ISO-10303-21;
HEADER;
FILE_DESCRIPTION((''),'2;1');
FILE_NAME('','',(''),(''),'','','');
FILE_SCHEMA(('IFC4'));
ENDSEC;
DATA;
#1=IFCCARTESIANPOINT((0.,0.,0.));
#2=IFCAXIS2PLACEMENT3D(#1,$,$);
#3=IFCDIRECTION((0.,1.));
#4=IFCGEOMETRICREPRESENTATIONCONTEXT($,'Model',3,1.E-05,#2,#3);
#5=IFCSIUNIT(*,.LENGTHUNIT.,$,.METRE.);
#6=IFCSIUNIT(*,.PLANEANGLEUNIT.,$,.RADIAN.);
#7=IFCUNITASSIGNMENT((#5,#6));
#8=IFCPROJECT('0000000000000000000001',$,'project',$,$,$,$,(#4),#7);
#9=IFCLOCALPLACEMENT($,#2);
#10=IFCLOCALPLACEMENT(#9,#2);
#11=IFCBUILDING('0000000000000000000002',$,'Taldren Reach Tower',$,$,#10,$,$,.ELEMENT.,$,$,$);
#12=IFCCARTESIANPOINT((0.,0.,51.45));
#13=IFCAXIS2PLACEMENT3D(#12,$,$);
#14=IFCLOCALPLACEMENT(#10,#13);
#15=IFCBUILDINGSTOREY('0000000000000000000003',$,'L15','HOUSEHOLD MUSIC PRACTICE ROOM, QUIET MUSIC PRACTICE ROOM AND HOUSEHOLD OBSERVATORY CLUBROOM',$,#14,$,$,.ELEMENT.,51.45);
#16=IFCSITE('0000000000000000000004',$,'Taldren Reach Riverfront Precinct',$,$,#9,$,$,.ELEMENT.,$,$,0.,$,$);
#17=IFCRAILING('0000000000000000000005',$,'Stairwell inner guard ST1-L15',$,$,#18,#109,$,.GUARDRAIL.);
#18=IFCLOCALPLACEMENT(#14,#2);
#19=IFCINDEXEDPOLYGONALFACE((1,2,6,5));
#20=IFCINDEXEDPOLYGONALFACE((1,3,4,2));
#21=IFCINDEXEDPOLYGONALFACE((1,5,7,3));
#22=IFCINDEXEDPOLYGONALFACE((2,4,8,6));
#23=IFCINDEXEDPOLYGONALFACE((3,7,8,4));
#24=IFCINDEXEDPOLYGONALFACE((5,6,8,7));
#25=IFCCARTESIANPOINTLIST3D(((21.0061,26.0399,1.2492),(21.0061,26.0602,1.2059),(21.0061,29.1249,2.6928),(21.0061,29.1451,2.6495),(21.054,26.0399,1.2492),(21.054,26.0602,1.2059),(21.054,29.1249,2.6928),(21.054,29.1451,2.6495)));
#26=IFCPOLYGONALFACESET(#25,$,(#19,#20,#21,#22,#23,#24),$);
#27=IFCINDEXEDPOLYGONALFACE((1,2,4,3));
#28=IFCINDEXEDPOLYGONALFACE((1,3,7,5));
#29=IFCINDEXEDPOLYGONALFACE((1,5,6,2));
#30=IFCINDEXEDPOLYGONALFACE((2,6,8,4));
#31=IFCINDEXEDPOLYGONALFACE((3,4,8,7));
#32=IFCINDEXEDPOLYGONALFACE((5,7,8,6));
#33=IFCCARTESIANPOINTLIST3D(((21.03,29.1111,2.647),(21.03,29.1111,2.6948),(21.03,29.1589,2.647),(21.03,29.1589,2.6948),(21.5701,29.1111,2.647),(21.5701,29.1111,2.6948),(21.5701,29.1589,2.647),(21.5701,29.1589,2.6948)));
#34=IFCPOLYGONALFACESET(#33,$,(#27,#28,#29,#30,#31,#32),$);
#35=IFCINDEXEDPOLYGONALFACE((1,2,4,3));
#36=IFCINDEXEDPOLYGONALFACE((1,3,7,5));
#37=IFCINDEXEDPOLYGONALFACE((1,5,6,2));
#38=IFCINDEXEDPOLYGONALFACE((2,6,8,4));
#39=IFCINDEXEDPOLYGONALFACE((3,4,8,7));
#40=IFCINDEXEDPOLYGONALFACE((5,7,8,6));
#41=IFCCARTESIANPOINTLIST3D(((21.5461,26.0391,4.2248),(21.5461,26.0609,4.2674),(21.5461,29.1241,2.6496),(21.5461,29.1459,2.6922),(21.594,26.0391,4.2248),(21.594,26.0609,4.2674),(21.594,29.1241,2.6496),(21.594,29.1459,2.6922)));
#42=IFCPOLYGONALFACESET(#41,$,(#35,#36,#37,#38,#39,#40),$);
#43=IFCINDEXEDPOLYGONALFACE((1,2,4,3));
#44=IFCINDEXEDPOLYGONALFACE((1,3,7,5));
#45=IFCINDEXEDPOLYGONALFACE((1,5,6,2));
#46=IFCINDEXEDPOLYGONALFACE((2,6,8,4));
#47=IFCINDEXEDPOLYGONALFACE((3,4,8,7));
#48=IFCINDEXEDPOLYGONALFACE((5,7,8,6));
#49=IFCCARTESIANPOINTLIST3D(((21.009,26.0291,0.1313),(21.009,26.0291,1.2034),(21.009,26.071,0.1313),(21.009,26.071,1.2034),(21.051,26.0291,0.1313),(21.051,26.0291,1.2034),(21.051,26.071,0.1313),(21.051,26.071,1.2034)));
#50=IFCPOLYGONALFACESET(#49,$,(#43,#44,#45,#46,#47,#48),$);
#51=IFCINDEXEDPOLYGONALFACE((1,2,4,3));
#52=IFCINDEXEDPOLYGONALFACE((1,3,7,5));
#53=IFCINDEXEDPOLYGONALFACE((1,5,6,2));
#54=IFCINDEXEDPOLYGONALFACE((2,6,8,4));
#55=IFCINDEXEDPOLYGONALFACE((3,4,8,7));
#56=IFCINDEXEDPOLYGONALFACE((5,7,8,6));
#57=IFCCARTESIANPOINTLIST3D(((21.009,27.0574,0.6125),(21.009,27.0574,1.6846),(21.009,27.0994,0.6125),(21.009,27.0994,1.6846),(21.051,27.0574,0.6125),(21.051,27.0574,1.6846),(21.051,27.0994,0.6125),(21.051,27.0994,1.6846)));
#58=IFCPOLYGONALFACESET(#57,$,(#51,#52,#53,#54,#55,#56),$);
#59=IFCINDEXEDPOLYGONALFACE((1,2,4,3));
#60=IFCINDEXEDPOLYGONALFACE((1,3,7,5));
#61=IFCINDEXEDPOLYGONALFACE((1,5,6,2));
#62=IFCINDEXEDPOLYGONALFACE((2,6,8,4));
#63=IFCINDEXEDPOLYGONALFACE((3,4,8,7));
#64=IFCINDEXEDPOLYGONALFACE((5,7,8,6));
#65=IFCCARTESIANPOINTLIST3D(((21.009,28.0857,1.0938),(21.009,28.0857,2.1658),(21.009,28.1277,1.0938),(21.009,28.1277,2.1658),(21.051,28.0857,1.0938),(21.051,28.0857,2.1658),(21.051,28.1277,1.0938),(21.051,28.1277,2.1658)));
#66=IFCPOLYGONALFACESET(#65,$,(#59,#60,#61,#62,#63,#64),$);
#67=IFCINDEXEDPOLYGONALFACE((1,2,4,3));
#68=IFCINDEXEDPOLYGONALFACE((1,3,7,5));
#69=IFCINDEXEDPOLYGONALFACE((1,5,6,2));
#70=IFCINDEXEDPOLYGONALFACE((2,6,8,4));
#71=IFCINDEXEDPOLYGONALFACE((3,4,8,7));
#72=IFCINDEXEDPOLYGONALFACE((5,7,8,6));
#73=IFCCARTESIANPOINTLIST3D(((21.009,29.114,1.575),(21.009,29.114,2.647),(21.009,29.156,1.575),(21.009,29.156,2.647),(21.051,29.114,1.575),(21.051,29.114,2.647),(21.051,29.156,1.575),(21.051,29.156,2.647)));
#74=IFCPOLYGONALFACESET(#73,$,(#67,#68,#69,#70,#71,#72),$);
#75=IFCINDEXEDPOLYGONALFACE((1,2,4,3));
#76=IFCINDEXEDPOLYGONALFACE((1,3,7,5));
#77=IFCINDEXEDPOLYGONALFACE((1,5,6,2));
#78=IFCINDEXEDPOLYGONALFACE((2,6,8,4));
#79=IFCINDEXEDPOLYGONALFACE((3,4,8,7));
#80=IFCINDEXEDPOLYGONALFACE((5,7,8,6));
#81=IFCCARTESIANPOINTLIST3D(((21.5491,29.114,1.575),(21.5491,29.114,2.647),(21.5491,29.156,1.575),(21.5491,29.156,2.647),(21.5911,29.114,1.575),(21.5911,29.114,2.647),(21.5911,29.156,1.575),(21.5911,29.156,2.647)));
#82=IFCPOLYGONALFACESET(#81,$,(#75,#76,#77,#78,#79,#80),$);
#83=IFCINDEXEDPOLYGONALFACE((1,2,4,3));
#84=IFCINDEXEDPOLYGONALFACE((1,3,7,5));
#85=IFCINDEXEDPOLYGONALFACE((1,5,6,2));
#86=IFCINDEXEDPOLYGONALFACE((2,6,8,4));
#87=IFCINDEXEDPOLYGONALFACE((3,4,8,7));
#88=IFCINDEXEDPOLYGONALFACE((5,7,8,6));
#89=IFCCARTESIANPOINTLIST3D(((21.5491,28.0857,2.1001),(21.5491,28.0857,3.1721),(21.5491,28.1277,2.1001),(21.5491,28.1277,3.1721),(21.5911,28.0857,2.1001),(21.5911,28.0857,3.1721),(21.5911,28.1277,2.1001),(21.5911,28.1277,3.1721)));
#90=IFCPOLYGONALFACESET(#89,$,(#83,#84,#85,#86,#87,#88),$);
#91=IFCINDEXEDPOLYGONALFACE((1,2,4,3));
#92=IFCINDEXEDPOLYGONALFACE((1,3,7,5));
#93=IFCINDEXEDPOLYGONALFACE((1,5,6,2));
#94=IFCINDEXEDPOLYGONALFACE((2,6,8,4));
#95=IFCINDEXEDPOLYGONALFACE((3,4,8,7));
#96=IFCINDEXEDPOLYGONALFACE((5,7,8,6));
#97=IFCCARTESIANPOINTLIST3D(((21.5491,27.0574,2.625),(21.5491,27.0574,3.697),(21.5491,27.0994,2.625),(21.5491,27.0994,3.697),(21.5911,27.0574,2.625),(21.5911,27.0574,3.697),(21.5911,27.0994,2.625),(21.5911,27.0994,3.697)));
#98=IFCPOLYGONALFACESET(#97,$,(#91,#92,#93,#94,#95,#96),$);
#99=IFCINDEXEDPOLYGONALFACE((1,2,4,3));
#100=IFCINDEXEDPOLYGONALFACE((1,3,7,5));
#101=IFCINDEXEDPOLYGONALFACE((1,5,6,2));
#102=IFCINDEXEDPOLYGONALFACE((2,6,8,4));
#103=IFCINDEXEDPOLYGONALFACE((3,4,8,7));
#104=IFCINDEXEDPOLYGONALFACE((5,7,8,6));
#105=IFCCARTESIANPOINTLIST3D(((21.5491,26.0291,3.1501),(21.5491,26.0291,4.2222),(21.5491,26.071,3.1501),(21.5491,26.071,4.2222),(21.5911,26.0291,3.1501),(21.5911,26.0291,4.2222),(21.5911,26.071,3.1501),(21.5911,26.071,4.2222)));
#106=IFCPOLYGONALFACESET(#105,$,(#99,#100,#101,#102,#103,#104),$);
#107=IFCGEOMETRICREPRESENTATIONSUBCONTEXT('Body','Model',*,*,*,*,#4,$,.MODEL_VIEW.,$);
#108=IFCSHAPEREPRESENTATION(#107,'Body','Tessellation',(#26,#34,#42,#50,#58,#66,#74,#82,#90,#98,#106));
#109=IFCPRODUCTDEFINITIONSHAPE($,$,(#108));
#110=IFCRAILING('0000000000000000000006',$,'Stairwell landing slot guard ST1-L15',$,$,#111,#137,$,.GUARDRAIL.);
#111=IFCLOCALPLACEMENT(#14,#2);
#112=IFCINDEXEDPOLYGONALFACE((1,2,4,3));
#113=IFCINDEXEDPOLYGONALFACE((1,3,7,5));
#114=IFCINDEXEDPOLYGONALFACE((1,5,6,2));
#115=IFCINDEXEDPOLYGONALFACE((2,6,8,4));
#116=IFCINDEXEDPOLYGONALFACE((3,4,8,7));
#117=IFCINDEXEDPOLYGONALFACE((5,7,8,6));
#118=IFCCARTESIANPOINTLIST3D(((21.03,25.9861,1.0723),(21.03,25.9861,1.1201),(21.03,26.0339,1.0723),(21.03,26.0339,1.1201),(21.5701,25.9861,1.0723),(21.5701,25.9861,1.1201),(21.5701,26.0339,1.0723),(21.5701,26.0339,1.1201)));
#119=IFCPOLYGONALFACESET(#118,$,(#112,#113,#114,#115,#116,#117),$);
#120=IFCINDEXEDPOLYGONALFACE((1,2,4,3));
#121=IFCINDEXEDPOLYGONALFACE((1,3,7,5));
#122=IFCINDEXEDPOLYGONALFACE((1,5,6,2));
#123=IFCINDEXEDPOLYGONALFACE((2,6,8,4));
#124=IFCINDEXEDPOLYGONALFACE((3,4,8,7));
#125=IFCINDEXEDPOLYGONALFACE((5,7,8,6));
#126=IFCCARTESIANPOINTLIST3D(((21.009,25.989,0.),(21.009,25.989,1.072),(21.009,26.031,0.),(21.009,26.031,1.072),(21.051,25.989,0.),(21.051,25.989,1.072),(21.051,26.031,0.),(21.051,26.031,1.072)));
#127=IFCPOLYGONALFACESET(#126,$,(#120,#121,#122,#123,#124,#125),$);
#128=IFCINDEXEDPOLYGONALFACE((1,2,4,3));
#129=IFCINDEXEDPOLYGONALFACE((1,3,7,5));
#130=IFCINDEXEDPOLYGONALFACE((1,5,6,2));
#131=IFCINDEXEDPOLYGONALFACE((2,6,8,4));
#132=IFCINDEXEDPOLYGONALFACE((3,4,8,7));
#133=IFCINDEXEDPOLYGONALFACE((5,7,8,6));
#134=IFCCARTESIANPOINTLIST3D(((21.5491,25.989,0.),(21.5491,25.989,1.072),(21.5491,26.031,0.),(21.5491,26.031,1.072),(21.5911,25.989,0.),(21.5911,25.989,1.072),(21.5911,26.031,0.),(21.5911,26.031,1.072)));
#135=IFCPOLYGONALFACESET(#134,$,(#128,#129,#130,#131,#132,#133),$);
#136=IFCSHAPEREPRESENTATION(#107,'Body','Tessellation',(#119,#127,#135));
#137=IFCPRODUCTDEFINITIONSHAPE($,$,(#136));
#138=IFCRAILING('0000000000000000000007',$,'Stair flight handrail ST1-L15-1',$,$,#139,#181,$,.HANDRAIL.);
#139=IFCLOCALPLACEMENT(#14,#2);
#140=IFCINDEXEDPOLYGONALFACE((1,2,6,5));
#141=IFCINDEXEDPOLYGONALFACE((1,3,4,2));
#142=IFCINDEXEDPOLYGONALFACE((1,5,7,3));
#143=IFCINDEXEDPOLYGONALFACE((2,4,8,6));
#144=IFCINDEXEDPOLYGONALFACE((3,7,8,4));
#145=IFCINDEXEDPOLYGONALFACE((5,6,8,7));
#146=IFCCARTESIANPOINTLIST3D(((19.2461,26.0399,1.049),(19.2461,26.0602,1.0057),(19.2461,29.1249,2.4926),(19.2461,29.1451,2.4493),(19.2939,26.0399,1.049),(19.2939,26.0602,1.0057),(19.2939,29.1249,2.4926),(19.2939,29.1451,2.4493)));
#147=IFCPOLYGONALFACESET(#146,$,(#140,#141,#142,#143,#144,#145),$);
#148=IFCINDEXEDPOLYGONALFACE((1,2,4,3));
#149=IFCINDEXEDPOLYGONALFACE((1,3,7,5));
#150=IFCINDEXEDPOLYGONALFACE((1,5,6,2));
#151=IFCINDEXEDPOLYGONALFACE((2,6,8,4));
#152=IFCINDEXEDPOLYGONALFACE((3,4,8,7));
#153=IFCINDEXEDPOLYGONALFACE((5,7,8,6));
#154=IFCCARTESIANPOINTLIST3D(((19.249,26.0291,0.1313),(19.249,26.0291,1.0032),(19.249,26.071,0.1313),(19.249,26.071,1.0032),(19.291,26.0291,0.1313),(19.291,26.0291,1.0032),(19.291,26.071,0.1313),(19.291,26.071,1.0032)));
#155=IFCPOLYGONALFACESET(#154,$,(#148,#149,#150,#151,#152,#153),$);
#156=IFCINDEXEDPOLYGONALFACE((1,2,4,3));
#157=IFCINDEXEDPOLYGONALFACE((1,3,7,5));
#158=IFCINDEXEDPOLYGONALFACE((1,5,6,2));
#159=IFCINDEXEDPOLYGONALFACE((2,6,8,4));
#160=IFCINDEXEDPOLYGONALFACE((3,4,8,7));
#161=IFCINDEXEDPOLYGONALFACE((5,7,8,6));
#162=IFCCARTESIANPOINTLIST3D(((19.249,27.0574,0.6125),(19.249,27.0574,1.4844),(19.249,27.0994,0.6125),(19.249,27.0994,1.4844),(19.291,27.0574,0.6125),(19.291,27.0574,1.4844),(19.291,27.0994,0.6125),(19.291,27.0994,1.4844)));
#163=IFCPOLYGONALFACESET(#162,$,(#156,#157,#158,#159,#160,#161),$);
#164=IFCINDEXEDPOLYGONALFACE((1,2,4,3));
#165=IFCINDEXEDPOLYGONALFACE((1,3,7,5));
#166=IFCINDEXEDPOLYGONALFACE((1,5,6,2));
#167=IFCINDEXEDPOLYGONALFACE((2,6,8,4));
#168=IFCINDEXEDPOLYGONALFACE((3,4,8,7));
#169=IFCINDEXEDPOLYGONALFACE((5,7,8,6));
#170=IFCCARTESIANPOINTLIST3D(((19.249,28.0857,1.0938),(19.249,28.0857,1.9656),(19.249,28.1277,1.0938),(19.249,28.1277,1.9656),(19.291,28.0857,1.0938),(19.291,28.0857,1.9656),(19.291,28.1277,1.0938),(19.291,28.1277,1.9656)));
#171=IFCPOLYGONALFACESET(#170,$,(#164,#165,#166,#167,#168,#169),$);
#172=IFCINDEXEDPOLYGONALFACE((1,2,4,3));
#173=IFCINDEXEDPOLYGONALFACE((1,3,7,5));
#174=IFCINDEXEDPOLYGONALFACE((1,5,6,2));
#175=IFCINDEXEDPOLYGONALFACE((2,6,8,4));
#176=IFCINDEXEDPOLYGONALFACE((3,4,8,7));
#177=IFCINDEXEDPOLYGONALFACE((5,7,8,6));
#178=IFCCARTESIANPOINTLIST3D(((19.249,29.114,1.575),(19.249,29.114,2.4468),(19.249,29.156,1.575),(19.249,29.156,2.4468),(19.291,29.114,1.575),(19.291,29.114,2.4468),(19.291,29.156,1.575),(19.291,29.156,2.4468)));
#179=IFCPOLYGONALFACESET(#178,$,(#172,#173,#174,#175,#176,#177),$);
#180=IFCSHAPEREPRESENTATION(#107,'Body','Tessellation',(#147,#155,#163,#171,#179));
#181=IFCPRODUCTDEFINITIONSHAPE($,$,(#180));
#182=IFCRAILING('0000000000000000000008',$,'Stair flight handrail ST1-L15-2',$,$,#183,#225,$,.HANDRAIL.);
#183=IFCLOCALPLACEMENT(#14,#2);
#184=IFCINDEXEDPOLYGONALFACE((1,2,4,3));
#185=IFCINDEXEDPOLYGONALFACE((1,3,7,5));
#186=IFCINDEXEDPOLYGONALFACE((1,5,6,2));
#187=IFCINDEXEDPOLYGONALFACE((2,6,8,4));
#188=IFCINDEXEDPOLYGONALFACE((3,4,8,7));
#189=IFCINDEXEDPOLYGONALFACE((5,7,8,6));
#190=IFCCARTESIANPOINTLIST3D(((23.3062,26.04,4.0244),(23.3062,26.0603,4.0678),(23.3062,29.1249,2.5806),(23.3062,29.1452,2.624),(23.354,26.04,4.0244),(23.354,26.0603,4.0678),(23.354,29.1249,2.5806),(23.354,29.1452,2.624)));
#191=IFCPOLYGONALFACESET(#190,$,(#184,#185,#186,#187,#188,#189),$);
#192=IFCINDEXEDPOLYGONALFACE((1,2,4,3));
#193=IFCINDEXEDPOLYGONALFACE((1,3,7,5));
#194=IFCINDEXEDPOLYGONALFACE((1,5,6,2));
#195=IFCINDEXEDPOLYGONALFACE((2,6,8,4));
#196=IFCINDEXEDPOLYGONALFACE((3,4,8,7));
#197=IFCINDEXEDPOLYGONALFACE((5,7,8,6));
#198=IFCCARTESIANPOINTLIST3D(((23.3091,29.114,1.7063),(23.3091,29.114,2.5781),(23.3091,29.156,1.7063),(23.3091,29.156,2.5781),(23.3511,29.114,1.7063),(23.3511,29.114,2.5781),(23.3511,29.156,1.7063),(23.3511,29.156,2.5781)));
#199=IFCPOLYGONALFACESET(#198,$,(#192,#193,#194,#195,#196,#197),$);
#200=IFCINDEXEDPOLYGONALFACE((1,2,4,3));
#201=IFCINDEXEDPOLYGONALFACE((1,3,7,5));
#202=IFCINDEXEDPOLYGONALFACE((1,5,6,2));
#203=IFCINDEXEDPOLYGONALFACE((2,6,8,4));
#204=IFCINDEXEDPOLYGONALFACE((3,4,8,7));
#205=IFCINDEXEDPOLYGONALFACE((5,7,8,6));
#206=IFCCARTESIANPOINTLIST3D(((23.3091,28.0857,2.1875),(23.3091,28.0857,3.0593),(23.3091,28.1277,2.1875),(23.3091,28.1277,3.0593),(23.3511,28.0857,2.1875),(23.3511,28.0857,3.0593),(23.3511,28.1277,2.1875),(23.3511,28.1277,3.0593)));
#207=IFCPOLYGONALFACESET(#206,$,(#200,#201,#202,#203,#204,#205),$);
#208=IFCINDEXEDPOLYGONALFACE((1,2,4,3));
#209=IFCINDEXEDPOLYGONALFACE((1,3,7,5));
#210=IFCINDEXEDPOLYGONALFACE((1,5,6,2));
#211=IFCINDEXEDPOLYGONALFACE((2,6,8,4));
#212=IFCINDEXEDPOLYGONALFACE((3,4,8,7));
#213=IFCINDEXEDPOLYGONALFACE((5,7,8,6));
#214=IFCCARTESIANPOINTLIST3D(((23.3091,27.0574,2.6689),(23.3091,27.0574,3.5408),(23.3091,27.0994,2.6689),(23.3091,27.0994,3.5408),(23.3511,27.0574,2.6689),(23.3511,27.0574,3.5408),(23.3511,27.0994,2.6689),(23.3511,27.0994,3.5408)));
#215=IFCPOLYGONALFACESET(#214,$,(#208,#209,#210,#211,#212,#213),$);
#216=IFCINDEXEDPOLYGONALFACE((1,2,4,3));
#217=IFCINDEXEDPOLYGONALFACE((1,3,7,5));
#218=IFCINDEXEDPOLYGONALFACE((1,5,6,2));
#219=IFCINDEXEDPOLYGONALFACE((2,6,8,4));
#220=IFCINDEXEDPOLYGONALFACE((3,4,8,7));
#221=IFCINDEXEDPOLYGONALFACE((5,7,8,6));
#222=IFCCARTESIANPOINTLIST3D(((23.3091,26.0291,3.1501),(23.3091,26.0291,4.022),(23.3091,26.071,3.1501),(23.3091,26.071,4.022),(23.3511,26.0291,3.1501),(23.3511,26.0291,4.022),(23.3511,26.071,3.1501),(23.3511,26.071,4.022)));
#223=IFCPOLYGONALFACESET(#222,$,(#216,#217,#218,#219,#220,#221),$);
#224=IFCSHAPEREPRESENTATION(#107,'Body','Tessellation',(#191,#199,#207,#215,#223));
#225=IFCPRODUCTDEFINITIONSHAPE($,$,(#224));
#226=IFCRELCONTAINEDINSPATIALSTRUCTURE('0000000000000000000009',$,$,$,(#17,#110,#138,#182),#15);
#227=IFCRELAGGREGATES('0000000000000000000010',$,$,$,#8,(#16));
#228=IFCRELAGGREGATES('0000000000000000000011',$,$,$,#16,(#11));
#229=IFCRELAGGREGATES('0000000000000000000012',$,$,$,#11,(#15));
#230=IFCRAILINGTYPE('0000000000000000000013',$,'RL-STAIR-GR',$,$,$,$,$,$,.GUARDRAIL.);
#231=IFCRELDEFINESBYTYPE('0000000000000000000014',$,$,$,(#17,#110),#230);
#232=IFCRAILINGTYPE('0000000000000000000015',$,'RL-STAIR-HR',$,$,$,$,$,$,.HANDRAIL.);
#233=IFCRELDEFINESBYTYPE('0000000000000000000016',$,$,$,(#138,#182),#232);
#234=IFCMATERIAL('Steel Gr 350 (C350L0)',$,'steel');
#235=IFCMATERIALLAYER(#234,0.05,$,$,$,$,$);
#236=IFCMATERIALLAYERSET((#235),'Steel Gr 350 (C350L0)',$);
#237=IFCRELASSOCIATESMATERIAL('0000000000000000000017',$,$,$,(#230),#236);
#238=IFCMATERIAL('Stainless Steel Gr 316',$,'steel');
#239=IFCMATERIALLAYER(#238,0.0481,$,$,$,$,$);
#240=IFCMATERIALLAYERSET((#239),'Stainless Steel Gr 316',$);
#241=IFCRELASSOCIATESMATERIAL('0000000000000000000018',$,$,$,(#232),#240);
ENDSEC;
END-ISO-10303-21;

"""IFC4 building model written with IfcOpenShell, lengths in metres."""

from ifc_helpers import new_model, si_unit, direction, frame, origin, origin_2d, place, context, subcontext, project, spatial, rectangle, extrude, material, layer, layer_set, type_object, element, save


model = new_model("IFC4")

# Units and contexts
model_context = context("Model", 3, precision=1e-05, world=origin(), true_north=direction((0.0, 1.0)))
body_context = subcontext(model_context, "Body", "Model", "MODEL_VIEW")
ifc_project = project(units=[si_unit("LENGTHUNIT", "METRE"), si_unit("PLANEANGLEUNIT", "RADIAN")], contexts=[model_context])

# Site, building, storey
site_placement = place(None, origin())
site = spatial("IfcSite", under=ifc_project, at=site_placement, Name="Taldren Reach Riverfront Precinct", CompositionType="ELEMENT", RefElevation=0.0)
building_placement = place(site_placement, origin())
building = spatial("IfcBuilding", under=site, at=building_placement, Name="Taldren Reach Tower", CompositionType="ELEMENT")
storey_placement = place(building_placement, frame((0.0, 0.0, 51.45)))
storey = spatial("IfcBuildingStorey", under=building, at=storey_placement, Name="L15", Description="HOUSEHOLD MUSIC PRACTICE ROOM, QUIET MUSIC PRACTICE ROOM AND HOUSEHOLD OBSERVATORY CLUBROOM", CompositionType="ELEMENT", Elevation=51.45)

# Shared definitions
ifc_material_1 = material(Name="Steel Gr 350 (C350L0)", Category="steel")

# Railings
ifc_layer_1 = layer(ifc_material_1, 0.05)
ifc_layer_set_1 = layer_set([ifc_layer_1], Name="Steel Gr 350 (C350L0)")
railing_type_1 = type_object("IfcRailingType", Name="RL-STAIR-GR", PredefinedType="GUARDRAIL", material=ifc_layer_set_1)
railing_1_placement = place(storey_placement, frame((21.03, 26.05, 0.1313)))
element("IfcRailing", 1, at=railing_1_placement, inside=storey, type_object=railing_type_1, Name="Stairwell inner guard ST1-L15", PredefinedType="GUARDRAIL", context=body_context, shape_type="SweptSolid", body=[
    extrude(rectangle(XDim=0.0479, YDim=0.0479, at=origin_2d()), frame((0.0, 0.0, 1.0962), z_axis=(0.0, 0.905738, 0.423839), x_axis=(-1.0, 0.0, 0.0)), (0.0, 0.0, 1.0), 3.406),
    extrude(rectangle(XDim=0.0479, YDim=0.0479, at=origin_2d()), frame((0.0, 3.085, 2.5396), z_axis=(1.0, 0.0, 0.0), x_axis=(0.0, 1.0, 0.0)), (0.0, 0.0, 1.0), 0.54),
    extrude(rectangle(XDim=0.0479, YDim=0.0479, at=origin_2d()), frame((0.54, 3.085, 2.5396), z_axis=(0.0, -0.890617, 0.454753), x_axis=(1.0, 0.0, 0.0)), (0.0, 0.0, 1.0), 3.4639),
    extrude(rectangle(XDim=0.042, YDim=0.042, at=origin_2d()), origin(), (0.0, 0.0, 1.0), 1.072),
    extrude(rectangle(XDim=0.042, YDim=0.042, at=origin_2d()), frame((0.0, 1.0283, 0.4812)), (0.0, 0.0, 1.0), 1.072),
    extrude(rectangle(XDim=0.042, YDim=0.042, at=origin_2d()), frame((0.0, 2.0566, 0.9624)), (0.0, 0.0, 1.0), 1.072),
    extrude(rectangle(XDim=0.042, YDim=0.042, at=origin_2d()), frame((0.0, 3.085, 1.4436)), (0.0, 0.0, 1.0), 1.072),
    extrude(rectangle(XDim=0.042, YDim=0.042, at=origin_2d()), frame((0.54, 3.085, 1.4436)), (0.0, 0.0, 1.0), 1.072),
    extrude(rectangle(XDim=0.042, YDim=0.042, at=origin_2d()), frame((0.54, 2.0566, 1.9688)), (0.0, 0.0, 1.0), 1.072),
    extrude(rectangle(XDim=0.042, YDim=0.042, at=origin_2d()), frame((0.54, 1.0283, 2.4937)), (0.0, 0.0, 1.0), 1.072),
    extrude(rectangle(XDim=0.042, YDim=0.042, at=origin_2d()), frame((0.54, 0.0, 3.0188)), (0.0, 0.0, 1.0), 1.072),
])
railing_2_placement = place(storey_placement, frame((21.03, 26.01, 0.0)))
element("IfcRailing", 2, at=railing_2_placement, inside=storey, type_object=railing_type_1, Name="Stairwell landing slot guard ST1-L15", PredefinedType="GUARDRAIL", context=body_context, shape_type="SweptSolid", body=[
    extrude(rectangle(XDim=0.0479, YDim=0.0479, at=origin_2d()), frame((0.0, 0.0, 1.0962), z_axis=(1.0, 0.0, 0.0), x_axis=(0.0, 1.0, 0.0)), (0.0, 0.0, 1.0), 0.54),
    extrude(rectangle(XDim=0.042, YDim=0.042, at=origin_2d()), origin(), (0.0, 0.0, 1.0), 1.072),
    extrude(rectangle(XDim=0.042, YDim=0.042, at=origin_2d()), frame((0.54, 0.0, 0.0)), (0.0, 0.0, 1.0), 1.072),
])
ifc_material_2 = material(Name="Stainless Steel Gr 316", Category="steel")
ifc_layer_2 = layer(ifc_material_2, 0.0481)
ifc_layer_set_2 = layer_set([ifc_layer_2], Name="Stainless Steel Gr 316")
railing_type_2 = type_object("IfcRailingType", Name="RL-STAIR-HR", PredefinedType="HANDRAIL", material=ifc_layer_set_2)
railing_3_placement = place(storey_placement, frame((19.27, 26.05, 0.1313)))
element("IfcRailing", 3, at=railing_3_placement, inside=storey, type_object=railing_type_2, Name="Stair flight handrail ST1-L15-1", PredefinedType="HANDRAIL", context=body_context, shape_type="SweptSolid", body=[
    extrude(rectangle(XDim=0.0479, YDim=0.0479, at=origin_2d()), frame((0.0, 0.0, 0.896), z_axis=(0.0, 0.905738, 0.423839), x_axis=(-1.0, 0.0, 0.0)), (0.0, 0.0, 1.0), 3.406),
    extrude(rectangle(XDim=0.042, YDim=0.042, at=origin_2d()), origin(), (0.0, 0.0, 1.0), 0.8718),
    extrude(rectangle(XDim=0.042, YDim=0.042, at=origin_2d()), frame((0.0, 1.0283, 0.4812)), (0.0, 0.0, 1.0), 0.8718),
    extrude(rectangle(XDim=0.042, YDim=0.042, at=origin_2d()), frame((0.0, 2.0566, 0.9624)), (0.0, 0.0, 1.0), 0.8718),
    extrude(rectangle(XDim=0.042, YDim=0.042, at=origin_2d()), frame((0.0, 3.085, 1.4436)), (0.0, 0.0, 1.0), 0.8718),
])
railing_4_placement = place(storey_placement, frame((23.3301, 29.135, 1.7063)))
element("IfcRailing", 4, at=railing_4_placement, inside=storey, type_object=railing_type_2, Name="Stair flight handrail ST1-L15-2", PredefinedType="HANDRAIL", context=body_context, shape_type="SweptSolid", body=[
    extrude(rectangle(XDim=0.0479, YDim=0.0479, at=origin_2d()), frame((0.0, 0.0, 0.896), z_axis=(0.0, -0.90571, 0.423898), x_axis=(1.0, 0.0, 0.0)), (0.0, 0.0, 1.0), 3.406),
    extrude(rectangle(XDim=0.042, YDim=0.042, at=origin_2d()), origin(), (0.0, 0.0, 1.0), 0.8718),
    extrude(rectangle(XDim=0.042, YDim=0.042, at=origin_2d()), frame((0.0, -1.0283, 0.4812)), (0.0, 0.0, 1.0), 0.8718),
    extrude(rectangle(XDim=0.042, YDim=0.042, at=origin_2d()), frame((0.0, -2.0566, 0.9626)), (0.0, 0.0, 1.0), 0.8718),
    extrude(rectangle(XDim=0.042, YDim=0.042, at=origin_2d()), frame((0.0, -3.085, 1.4438)), (0.0, 0.0, 1.0), 0.8718),
])

save(model, "model.ifc")
